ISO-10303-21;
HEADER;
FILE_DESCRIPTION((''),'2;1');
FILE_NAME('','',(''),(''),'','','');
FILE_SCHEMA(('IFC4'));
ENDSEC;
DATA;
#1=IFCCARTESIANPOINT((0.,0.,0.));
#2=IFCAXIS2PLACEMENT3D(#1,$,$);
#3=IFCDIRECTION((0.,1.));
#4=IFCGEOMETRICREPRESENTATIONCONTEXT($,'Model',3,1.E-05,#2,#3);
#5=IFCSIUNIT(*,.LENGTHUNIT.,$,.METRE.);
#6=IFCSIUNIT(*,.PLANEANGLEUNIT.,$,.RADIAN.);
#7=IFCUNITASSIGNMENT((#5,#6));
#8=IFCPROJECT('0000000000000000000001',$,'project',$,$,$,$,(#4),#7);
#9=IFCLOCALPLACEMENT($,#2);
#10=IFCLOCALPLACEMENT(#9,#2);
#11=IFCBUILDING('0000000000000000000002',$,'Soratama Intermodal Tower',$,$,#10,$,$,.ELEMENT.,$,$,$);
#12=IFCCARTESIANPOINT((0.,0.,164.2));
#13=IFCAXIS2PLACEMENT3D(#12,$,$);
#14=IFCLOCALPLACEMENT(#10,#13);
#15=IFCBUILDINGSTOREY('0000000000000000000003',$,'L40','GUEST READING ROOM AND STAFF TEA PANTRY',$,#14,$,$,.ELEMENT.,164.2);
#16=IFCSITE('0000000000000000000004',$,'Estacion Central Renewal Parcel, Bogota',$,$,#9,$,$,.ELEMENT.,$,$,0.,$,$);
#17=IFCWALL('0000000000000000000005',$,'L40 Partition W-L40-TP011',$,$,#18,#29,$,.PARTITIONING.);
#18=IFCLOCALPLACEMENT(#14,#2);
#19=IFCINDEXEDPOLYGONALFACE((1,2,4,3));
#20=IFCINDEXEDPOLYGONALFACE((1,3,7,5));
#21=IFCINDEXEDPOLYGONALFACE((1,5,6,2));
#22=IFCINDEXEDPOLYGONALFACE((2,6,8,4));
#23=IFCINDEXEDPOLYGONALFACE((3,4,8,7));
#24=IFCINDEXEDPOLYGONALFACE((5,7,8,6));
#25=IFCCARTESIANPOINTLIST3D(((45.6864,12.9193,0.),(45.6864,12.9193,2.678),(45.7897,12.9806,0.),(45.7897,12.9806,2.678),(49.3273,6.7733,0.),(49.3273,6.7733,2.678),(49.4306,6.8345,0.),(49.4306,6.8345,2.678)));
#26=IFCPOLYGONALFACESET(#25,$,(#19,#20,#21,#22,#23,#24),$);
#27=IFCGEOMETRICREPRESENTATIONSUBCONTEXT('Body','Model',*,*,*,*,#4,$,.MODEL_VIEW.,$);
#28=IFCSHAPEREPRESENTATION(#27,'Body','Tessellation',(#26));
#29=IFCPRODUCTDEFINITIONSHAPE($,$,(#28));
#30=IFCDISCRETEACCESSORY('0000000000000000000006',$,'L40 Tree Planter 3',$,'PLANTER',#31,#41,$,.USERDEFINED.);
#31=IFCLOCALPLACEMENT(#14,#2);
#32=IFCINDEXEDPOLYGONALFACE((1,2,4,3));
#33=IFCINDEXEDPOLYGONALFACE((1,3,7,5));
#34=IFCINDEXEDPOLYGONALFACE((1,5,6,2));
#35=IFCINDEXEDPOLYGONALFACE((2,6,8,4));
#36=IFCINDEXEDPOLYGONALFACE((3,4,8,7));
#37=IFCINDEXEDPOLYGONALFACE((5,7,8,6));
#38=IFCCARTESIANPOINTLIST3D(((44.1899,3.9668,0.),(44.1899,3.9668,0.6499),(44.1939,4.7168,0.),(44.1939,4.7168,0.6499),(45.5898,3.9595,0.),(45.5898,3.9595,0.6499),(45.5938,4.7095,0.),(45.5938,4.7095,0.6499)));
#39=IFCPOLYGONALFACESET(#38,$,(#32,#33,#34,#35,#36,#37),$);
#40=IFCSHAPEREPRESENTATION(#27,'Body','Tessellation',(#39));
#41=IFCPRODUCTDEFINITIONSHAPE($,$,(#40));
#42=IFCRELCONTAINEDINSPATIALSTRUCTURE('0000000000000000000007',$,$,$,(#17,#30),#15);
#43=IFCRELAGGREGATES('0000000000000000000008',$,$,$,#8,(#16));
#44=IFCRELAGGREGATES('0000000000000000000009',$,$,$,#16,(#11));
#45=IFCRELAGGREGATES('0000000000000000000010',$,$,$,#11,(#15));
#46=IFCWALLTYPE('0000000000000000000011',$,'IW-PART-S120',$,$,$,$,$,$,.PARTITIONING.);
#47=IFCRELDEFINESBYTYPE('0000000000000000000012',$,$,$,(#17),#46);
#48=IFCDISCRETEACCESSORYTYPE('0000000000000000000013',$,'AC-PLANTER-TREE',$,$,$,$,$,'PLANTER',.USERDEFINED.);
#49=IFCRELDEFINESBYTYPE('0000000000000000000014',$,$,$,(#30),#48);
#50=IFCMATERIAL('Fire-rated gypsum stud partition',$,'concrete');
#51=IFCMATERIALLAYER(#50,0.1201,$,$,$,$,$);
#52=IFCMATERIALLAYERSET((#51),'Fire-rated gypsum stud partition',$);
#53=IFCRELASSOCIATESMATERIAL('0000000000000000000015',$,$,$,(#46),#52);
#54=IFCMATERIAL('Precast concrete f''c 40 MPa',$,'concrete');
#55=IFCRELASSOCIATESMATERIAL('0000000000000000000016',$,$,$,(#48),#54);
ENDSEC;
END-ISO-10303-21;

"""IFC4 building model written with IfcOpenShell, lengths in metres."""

from ifc_helpers import new_model, si_unit, direction, frame, frame_2d, origin, origin_2d, place, context, subcontext, project, spatial, rectangle, extrude, material, layer, layer_set, type_object, element, save


model = new_model("IFC4")

# Units and contexts
model_context = context("Model", 3, precision=1e-05, world=origin(), true_north=direction((0.0, 1.0)))
body_context = subcontext(model_context, "Body", "Model", "MODEL_VIEW")
ifc_project = project(units=[si_unit("LENGTHUNIT", "METRE"), si_unit("PLANEANGLEUNIT", "RADIAN")], contexts=[model_context])

# Site, building, storey
site_placement = place(None, origin())
site = spatial("IfcSite", under=ifc_project, at=site_placement, Name="Estacion Central Renewal Parcel, Bogota", CompositionType="ELEMENT", RefElevation=0.0)
building_placement = place(site_placement, origin())
building = spatial("IfcBuilding", under=site, at=building_placement, Name="Soratama Intermodal Tower", CompositionType="ELEMENT")
storey_placement = place(building_placement, frame((0.0, 0.0, 164.2)))
storey = spatial("IfcBuildingStorey", under=building, at=storey_placement, Name="L40", Description="GUEST READING ROOM AND STAFF TEA PANTRY", CompositionType="ELEMENT", Elevation=164.2)

# Wall
ifc_material_1 = material(Name="Fire-rated gypsum stud partition", Category="concrete")
ifc_layer_1 = layer(ifc_material_1, 0.1201)
ifc_layer_set_1 = layer_set([ifc_layer_1], Name="Fire-rated gypsum stud partition")
wall_type_1 = type_object("IfcWallType", Name="IW-PART-S120", PredefinedType="PARTITIONING", material=ifc_layer_set_1)
wall_1_placement = place(storey_placement, frame((45.738, 12.95, 0.0), z_axis=(0.0, 0.0, 1.0), x_axis=(0.509678, -0.860365, 0.0)))
element("IfcWall", 1, at=wall_1_placement, inside=storey, type_object=wall_type_1, Name="L40 Partition W-L40-TP011", PredefinedType="PARTITIONING", context=body_context, shape_type="SweptSolid", body=[
    extrude(rectangle(XDim=7.1436, YDim=0.1201, at=frame_2d((3.5718, 0.0))), origin(), (0.0, 0.0, 1.0), 2.678),
])

# Discrete accessory
ifc_material_2 = material(Name="Precast concrete f'c 40 MPa", Category="concrete")
discrete_accessory_type = type_object("IfcDiscreteAccessoryType", Name="AC-PLANTER-TREE", ElementType="PLANTER", PredefinedType="USERDEFINED", material=ifc_material_2)
discrete_accessory_placement = place(storey_placement, frame((44.8918, 4.3381, 0.0), z_axis=(0.0, 0.0, 1.0), x_axis=(-0.005236, -0.999986, 0.0)))
element("IfcDiscreteAccessory", 2, at=discrete_accessory_placement, inside=storey, type_object=discrete_accessory_type, Name="L40 Tree Planter 3", ObjectType="PLANTER", PredefinedType="USERDEFINED", context=body_context, shape_type="SweptSolid", body=[
    extrude(rectangle(XDim=0.75, YDim=1.3999, at=origin_2d()), origin(), (0.0, 0.0, 1.0), 0.6499),
])

save(model, "model.ifc")
